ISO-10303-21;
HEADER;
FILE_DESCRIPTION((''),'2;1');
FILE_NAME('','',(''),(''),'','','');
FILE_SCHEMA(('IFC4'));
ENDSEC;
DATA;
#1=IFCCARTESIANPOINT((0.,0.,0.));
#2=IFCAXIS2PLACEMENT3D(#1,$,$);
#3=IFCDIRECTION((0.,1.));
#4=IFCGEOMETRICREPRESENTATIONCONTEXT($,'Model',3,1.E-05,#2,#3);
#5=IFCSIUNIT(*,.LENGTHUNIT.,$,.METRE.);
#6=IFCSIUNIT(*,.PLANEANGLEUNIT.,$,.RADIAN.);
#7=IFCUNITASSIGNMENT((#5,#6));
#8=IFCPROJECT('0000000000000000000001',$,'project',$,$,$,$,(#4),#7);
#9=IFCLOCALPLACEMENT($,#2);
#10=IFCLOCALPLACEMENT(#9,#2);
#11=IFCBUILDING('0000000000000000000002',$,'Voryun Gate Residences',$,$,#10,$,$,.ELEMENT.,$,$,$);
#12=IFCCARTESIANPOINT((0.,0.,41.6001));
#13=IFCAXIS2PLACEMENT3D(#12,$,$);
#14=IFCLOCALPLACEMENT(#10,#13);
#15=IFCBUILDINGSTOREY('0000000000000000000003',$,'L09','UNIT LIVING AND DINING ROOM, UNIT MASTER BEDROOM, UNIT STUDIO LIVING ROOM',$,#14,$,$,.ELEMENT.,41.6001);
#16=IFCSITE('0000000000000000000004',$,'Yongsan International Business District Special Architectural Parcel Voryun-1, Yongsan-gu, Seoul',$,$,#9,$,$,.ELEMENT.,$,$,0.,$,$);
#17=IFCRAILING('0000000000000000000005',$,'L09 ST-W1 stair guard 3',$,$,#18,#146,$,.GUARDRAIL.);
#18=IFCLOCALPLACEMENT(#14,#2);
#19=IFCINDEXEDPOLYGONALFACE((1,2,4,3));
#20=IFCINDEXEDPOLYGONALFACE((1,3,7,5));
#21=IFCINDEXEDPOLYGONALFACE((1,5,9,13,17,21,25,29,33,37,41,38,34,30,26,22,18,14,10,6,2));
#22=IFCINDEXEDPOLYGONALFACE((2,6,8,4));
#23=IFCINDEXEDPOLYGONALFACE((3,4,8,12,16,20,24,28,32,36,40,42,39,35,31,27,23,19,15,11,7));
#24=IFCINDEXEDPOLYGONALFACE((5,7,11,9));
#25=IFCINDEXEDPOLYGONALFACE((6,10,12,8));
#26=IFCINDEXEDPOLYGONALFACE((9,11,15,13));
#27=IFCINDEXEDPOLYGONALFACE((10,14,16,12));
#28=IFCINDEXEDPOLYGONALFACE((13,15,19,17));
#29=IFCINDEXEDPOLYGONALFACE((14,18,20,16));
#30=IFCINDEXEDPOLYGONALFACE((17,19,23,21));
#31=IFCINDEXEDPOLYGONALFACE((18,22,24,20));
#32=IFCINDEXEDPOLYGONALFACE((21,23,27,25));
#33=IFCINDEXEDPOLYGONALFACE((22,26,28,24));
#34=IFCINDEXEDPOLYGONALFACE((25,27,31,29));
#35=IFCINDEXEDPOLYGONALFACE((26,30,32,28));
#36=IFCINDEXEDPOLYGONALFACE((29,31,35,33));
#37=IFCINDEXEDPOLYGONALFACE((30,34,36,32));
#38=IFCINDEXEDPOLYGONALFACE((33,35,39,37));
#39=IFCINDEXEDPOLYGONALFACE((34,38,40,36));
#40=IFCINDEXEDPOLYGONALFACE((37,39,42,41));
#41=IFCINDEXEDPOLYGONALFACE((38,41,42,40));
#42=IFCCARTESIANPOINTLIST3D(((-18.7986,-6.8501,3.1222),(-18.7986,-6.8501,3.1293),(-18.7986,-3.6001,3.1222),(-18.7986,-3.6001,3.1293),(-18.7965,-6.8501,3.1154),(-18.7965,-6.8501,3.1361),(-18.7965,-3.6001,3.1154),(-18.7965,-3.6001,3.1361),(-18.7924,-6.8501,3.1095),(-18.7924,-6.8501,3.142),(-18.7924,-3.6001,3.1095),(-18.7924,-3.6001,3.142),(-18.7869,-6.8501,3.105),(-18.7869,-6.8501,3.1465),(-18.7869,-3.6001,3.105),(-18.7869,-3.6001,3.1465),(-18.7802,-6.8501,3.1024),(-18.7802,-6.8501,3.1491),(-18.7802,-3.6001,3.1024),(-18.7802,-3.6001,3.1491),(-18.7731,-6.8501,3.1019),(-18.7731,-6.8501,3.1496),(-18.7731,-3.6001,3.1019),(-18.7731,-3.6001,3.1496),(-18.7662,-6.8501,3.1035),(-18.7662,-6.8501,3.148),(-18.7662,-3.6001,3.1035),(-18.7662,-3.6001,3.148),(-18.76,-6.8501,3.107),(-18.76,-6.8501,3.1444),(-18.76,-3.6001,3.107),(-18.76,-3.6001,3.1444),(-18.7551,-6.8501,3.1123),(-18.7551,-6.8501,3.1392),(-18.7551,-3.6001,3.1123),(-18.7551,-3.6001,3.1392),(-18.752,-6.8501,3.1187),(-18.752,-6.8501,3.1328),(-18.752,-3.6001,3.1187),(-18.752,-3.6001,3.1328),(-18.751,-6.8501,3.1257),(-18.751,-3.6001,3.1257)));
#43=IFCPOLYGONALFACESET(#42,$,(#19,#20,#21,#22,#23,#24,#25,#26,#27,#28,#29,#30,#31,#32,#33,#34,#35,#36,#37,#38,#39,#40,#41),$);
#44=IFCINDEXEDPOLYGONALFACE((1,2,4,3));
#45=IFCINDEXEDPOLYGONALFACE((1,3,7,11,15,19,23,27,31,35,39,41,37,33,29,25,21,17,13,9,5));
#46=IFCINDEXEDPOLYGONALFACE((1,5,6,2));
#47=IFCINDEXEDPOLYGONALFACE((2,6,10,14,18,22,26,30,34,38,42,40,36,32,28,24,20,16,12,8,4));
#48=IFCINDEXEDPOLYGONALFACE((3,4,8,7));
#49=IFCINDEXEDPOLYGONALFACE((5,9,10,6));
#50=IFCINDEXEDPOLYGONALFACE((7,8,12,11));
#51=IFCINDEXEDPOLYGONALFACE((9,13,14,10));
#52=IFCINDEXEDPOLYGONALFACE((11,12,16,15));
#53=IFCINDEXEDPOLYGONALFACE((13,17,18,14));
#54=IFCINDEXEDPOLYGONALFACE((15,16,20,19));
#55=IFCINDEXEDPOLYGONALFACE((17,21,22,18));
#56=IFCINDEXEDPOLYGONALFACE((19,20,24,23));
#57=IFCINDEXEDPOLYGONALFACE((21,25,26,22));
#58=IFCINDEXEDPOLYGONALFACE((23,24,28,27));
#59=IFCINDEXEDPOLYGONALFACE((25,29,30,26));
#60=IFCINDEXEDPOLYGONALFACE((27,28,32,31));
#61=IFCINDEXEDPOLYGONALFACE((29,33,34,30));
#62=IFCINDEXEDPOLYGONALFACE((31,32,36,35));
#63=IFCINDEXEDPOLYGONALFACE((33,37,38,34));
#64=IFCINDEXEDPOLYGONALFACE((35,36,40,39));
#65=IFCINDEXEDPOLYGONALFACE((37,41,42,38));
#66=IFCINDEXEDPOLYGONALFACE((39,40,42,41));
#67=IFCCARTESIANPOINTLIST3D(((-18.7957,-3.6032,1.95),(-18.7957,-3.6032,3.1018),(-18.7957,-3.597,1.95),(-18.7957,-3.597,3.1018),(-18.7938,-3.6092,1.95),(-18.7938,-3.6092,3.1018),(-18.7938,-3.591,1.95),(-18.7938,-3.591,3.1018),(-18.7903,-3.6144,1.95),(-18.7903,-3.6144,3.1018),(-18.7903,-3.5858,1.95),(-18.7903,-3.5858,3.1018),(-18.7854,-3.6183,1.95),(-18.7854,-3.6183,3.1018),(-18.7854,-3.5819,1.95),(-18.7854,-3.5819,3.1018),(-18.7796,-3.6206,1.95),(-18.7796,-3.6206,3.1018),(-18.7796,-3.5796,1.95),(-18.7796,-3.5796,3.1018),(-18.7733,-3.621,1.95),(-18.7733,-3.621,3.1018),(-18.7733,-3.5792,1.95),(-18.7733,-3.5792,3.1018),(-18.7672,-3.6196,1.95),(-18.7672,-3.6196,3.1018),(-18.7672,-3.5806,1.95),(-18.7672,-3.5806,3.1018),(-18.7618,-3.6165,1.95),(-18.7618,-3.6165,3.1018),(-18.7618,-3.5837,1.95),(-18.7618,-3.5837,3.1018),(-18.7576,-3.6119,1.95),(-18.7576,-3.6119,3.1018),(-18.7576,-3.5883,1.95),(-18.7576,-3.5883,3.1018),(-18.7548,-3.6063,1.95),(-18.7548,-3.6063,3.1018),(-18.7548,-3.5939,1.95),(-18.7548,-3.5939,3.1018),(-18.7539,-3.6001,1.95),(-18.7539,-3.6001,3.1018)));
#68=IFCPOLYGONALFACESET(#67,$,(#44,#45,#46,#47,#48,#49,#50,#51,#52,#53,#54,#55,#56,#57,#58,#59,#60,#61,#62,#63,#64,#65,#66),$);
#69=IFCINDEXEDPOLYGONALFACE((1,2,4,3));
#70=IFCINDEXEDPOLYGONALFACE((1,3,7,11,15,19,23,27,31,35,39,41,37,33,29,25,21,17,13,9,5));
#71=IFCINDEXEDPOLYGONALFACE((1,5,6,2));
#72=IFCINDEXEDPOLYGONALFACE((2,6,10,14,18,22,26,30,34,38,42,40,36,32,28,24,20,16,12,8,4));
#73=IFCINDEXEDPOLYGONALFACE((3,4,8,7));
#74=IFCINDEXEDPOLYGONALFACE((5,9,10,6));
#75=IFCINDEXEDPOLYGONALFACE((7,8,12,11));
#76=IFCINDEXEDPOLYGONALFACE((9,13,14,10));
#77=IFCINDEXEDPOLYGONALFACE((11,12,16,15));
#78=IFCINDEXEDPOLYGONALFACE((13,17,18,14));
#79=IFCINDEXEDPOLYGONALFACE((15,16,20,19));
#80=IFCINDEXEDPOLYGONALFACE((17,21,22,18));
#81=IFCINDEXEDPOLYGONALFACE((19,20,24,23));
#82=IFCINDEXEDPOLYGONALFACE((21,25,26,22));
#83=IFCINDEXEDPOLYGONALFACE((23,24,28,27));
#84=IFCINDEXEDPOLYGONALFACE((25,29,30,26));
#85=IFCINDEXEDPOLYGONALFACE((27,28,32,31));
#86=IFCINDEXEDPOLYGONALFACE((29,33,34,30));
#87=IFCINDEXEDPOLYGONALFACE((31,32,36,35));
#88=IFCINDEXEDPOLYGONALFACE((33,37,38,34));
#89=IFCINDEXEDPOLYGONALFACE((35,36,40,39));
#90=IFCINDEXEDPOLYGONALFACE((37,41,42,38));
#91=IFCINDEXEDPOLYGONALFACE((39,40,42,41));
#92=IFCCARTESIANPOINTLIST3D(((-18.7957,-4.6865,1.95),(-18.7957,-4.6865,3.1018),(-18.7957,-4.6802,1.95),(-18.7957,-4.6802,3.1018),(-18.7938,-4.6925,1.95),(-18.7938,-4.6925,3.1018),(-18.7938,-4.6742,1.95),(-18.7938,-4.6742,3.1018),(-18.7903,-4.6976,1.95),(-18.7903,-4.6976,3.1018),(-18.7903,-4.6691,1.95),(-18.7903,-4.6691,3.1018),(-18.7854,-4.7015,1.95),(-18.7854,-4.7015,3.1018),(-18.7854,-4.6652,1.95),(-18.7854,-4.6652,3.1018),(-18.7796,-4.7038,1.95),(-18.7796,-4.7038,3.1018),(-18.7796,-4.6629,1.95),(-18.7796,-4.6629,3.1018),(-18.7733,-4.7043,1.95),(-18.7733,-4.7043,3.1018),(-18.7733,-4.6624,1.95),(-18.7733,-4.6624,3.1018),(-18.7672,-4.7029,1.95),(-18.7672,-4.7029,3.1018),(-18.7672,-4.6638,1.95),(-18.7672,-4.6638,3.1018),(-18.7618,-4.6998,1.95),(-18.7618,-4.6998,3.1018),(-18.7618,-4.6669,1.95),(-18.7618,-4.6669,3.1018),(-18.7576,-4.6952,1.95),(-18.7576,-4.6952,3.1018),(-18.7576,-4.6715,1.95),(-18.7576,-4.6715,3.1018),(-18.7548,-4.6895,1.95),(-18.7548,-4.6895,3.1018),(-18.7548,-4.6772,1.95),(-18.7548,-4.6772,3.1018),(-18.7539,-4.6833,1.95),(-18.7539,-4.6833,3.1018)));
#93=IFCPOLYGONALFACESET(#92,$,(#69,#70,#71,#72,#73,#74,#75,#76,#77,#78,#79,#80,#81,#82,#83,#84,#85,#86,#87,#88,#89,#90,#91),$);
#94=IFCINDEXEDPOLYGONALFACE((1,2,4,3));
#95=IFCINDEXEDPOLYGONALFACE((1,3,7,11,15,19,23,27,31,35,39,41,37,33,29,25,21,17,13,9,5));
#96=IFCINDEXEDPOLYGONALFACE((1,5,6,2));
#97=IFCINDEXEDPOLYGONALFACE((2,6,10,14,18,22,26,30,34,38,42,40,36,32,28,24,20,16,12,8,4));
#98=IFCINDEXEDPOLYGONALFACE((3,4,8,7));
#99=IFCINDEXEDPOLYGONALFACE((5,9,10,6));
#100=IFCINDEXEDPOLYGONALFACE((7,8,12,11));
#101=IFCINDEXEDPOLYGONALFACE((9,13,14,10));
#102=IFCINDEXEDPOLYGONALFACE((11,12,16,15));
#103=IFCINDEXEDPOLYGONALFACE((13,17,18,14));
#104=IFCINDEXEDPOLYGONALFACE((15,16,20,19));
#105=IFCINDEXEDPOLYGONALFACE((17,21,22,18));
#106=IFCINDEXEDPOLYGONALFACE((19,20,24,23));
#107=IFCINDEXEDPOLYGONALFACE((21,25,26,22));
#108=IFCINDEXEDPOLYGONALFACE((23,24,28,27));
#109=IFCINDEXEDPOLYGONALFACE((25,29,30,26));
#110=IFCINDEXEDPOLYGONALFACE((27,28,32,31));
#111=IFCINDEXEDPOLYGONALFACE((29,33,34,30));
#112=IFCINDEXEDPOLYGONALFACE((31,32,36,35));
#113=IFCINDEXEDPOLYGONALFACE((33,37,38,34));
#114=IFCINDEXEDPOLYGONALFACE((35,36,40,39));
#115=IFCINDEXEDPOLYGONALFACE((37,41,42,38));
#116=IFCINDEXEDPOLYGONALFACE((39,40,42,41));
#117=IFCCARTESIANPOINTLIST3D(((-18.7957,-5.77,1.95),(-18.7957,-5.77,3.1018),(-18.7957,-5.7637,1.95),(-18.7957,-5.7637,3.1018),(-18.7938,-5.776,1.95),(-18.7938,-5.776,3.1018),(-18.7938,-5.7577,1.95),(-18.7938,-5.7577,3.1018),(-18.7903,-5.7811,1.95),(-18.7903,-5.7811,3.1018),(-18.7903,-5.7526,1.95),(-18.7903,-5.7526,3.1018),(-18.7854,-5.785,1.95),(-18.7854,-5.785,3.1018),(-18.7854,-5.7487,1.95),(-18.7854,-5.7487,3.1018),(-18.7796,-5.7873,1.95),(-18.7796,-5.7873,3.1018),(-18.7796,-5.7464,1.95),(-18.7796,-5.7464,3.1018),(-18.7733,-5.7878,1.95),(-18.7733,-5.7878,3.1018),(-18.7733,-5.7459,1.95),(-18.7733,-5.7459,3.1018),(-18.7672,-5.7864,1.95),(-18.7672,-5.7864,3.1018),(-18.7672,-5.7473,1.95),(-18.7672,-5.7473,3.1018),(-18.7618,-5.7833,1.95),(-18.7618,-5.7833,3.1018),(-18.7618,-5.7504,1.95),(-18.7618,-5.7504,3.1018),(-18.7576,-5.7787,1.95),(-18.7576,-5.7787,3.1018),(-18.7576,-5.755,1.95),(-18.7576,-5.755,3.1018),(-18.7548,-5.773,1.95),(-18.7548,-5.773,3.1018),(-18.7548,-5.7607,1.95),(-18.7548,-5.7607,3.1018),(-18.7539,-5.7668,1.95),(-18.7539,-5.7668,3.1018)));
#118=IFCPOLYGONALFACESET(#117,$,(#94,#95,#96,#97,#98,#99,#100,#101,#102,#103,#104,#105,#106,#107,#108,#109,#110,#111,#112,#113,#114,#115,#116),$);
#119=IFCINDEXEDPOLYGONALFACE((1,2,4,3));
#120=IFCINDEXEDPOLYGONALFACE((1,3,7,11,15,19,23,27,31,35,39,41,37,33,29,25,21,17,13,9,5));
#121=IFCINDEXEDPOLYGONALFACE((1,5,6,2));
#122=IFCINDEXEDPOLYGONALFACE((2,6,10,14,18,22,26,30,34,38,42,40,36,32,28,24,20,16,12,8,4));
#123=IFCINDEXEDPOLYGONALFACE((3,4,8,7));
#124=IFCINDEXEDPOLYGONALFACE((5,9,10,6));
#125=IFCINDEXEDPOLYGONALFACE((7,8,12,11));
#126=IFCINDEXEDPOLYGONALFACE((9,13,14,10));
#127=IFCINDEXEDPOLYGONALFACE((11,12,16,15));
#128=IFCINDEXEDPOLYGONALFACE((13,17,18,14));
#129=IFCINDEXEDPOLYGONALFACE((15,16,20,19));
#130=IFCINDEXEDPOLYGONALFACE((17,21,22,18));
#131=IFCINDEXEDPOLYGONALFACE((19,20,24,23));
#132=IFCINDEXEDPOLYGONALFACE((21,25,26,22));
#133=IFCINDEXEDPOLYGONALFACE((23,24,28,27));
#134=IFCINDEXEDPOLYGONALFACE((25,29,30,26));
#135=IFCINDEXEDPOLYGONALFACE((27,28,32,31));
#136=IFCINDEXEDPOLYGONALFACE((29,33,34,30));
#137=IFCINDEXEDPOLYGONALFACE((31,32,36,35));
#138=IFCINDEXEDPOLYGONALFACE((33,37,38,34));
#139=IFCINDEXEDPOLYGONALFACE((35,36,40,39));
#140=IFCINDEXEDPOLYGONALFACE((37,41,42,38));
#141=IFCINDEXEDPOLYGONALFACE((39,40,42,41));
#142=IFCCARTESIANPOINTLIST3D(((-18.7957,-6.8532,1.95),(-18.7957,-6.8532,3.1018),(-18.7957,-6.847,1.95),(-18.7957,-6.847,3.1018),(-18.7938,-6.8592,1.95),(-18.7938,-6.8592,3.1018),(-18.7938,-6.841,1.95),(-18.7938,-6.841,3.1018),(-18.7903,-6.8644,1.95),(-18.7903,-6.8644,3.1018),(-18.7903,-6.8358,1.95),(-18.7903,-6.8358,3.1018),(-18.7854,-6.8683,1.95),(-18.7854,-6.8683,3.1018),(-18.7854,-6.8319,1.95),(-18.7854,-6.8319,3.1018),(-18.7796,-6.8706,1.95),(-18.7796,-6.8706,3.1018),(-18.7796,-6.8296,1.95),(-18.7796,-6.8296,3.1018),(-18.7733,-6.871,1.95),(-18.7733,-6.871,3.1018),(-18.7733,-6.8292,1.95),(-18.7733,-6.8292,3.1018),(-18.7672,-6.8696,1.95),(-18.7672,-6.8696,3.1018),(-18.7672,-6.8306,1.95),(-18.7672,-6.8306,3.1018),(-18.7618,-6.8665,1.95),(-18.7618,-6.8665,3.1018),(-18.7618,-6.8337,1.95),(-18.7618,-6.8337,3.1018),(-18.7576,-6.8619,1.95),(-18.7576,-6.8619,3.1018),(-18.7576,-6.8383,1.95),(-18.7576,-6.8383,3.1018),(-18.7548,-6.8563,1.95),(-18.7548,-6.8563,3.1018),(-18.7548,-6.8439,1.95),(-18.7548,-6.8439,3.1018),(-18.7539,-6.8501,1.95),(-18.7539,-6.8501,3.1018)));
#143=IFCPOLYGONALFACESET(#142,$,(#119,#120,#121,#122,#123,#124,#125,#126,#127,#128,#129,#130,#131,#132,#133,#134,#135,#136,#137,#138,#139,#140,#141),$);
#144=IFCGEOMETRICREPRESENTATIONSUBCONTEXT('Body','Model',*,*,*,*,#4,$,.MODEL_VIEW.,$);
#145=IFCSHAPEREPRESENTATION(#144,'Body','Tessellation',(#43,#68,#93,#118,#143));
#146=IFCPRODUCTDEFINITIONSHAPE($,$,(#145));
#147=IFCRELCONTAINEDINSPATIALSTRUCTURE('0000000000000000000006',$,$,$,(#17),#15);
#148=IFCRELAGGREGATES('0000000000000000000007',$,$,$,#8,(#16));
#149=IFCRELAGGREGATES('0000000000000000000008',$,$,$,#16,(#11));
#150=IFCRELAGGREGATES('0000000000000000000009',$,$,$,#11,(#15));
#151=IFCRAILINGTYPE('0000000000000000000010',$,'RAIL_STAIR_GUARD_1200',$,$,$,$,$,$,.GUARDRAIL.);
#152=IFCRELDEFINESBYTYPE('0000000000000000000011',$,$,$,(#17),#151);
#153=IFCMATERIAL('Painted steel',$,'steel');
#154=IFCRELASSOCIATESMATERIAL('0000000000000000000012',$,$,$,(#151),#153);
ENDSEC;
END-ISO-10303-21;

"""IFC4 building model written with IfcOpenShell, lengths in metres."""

from ifc_helpers import new_model, si_unit, direction, frame, origin, origin_2d, place, context, subcontext, project, spatial, circle, extrude, material, type_object, element, save


model = new_model("IFC4")

# Units and contexts
model_context = context("Model", 3, precision=1e-05, world=origin(), true_north=direction((0.0, 1.0)))
body_context = subcontext(model_context, "Body", "Model", "MODEL_VIEW")
ifc_project = project(units=[si_unit("LENGTHUNIT", "METRE"), si_unit("PLANEANGLEUNIT", "RADIAN")], contexts=[model_context])

# Site, building, storey
site_placement = place(None, origin())
site = spatial("IfcSite", under=ifc_project, at=site_placement, Name="Yongsan International Business District Special Architectural Parcel Voryun-1, Yongsan-gu, Seoul", CompositionType="ELEMENT", RefElevation=0.0)
building_placement = place(site_placement, origin())
building = spatial("IfcBuilding", under=site, at=building_placement, Name="Voryun Gate Residences", CompositionType="ELEMENT")
storey_placement = place(building_placement, frame((0.0, 0.0, 41.6001)))
storey = spatial("IfcBuildingStorey", under=building, at=storey_placement, Name="L09", Description="UNIT LIVING AND DINING ROOM, UNIT MASTER BEDROOM, UNIT STUDIO LIVING ROOM", CompositionType="ELEMENT", Elevation=41.6001)

# Railing
ifc_material_1 = material(Name="Painted steel", Category="steel")
railing_type_1 = type_object("IfcRailingType", Name="RAIL_STAIR_GUARD_1200", PredefinedType="GUARDRAIL", material=ifc_material_1)
for number, where, name in (
    (1, (-18.7749, -3.6001, 1.95), "L09 ST-W1 stair guard 3"),
):
    element("IfcRailing", number, at=place(storey_placement, frame(where)), inside=storey, type_object=railing_type_1, Name=name, PredefinedType="GUARDRAIL", context=body_context, shape_type="SweptSolid", body=[
        extrude(circle(Radius=0.0239, at=origin_2d()), frame((0.0, 0.0, 1.1758), z_axis=(0.0, -1.0, 0.0), x_axis=(1.0, 0.0, 0.0)), (0.0, 0.0, 1.0), 3.25),
        extrude(circle(Radius=0.021, at=origin_2d()), origin(), (0.0, 0.0, 1.0), 1.1519),
        extrude(circle(Radius=0.021, at=origin_2d()), frame((0.0, -1.0833, 0.0)), (0.0, 0.0, 1.0), 1.1519),
        extrude(circle(Radius=0.021, at=origin_2d()), frame((0.0, -2.1667, 0.0)), (0.0, 0.0, 1.0), 1.1519),
        extrude(circle(Radius=0.021, at=origin_2d()), frame((0.0, -3.25, 0.0)), (0.0, 0.0, 1.0), 1.1519),
    ])

save(model, "model.ifc")
